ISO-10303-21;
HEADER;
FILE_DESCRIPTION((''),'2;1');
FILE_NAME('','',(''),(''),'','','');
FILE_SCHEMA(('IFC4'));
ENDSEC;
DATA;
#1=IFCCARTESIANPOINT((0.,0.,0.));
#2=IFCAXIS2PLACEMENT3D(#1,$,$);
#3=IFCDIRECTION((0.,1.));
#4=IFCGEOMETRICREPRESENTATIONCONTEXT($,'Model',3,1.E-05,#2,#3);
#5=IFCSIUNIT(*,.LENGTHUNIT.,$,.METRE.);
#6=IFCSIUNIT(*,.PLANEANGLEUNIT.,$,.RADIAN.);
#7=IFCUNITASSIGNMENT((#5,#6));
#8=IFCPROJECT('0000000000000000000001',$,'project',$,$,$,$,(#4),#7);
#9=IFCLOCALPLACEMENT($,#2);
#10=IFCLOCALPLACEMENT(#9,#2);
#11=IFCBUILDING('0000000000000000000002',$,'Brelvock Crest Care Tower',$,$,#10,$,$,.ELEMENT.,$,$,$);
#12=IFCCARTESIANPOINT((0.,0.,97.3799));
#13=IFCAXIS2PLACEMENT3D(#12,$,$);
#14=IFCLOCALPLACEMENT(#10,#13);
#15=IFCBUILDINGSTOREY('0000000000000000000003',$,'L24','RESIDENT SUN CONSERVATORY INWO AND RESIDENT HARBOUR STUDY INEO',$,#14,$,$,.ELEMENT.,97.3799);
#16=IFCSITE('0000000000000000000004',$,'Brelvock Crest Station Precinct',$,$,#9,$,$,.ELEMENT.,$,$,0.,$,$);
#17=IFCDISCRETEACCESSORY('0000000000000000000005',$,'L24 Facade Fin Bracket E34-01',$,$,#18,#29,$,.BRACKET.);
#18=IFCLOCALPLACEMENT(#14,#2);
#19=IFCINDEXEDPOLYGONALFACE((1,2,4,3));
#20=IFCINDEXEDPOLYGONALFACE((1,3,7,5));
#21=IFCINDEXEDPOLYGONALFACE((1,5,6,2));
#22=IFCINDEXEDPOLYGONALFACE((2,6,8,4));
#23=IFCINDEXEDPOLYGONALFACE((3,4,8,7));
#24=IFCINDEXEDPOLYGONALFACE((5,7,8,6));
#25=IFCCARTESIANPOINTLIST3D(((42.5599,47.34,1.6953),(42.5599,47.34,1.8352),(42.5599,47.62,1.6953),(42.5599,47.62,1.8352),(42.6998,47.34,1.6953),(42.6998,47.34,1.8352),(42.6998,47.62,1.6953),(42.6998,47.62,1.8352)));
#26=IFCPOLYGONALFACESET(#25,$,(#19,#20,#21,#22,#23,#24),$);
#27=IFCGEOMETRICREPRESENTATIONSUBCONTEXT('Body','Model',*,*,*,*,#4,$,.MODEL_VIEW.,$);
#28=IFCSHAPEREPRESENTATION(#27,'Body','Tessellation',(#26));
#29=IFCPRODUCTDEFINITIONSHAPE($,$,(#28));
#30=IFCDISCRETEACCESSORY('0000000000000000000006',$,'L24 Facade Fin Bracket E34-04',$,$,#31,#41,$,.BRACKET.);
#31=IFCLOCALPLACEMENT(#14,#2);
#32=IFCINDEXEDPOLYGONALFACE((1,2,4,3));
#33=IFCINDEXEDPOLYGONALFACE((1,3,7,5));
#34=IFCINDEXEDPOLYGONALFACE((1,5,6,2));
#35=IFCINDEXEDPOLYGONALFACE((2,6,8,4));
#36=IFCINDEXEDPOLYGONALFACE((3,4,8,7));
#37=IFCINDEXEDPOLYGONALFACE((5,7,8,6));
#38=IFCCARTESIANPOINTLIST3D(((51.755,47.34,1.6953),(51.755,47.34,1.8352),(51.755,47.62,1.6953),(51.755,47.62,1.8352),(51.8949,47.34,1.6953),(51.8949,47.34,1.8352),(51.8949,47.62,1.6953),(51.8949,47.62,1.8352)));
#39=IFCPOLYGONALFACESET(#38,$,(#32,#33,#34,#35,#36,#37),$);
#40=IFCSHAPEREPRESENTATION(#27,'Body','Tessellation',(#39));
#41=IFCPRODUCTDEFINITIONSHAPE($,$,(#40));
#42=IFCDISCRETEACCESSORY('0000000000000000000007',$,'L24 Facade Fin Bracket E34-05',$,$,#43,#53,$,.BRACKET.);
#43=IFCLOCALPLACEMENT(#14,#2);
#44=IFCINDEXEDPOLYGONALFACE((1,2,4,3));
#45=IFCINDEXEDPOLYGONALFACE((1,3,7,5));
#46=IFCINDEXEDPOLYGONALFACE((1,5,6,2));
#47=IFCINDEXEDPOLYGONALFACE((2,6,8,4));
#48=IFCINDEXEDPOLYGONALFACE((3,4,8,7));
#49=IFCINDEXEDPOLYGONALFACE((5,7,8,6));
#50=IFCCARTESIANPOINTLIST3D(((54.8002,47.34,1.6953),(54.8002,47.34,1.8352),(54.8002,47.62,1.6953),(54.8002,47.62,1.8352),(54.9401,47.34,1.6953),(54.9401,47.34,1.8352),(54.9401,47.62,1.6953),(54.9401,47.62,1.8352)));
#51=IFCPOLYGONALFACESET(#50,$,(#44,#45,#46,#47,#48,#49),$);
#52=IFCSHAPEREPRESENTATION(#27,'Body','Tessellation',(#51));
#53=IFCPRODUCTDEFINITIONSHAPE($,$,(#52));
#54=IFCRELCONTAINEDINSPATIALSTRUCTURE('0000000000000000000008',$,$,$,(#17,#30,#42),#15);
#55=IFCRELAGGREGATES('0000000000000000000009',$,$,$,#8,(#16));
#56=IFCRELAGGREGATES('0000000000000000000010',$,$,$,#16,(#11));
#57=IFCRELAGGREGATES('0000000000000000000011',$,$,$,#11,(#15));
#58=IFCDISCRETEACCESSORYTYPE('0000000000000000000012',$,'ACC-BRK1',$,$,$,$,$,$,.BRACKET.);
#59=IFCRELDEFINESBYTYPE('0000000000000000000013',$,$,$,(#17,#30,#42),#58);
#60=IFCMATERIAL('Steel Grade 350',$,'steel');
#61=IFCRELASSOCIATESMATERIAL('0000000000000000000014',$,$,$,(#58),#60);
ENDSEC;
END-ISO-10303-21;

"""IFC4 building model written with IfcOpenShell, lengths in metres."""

from ifc_helpers import new_model, si_unit, direction, frame, origin, origin_2d, place, context, subcontext, project, spatial, rectangle, extrude, source, transform, mapped, material, type_object, element, save


model = new_model("IFC4")

# Units and contexts
model_context = context("Model", 3, precision=1e-05, world=origin(), true_north=direction((0.0, 1.0)))
body_context = subcontext(model_context, "Body", "Model", "MODEL_VIEW")
ifc_project = project(units=[si_unit("LENGTHUNIT", "METRE"), si_unit("PLANEANGLEUNIT", "RADIAN")], contexts=[model_context])

# Site, building, storey
site_placement = place(None, origin())
site = spatial("IfcSite", under=ifc_project, at=site_placement, Name="Brelvock Crest Station Precinct", CompositionType="ELEMENT", RefElevation=0.0)
building_placement = place(site_placement, origin())
building = spatial("IfcBuilding", under=site, at=building_placement, Name="Brelvock Crest Care Tower", CompositionType="ELEMENT")
storey_placement = place(building_placement, frame((0.0, 0.0, 97.3799)))
storey = spatial("IfcBuildingStorey", under=building, at=storey_placement, Name="L24", Description="RESIDENT SUN CONSERVATORY INWO AND RESIDENT HARBOUR STUDY INEO", CompositionType="ELEMENT", Elevation=97.3799)

# Discrete accessories
ifc_material_1 = material(Name="Steel Grade 350", Category="steel")
discrete_accessory_type = type_object("IfcDiscreteAccessoryType", Name="ACC-BRK1", PredefinedType="BRACKET", material=ifc_material_1)
shared_shape_1 = source(origin(), body_context, "Body", "SweptSolid", [
    extrude(rectangle(XDim=0.28, YDim=0.1399, at=origin_2d()), origin(), (0.0, 0.0, 1.0), 0.1399),
])
for number, where, z_axis, x_axis, name in (
    (1, (42.6299, 47.48, 1.6953), (0.0, 0.0, 1.0), (0.0, 1.0, 0.0), "L24 Facade Fin Bracket E34-01"),
    (2, (51.825, 47.48, 1.6953), (0.0, 0.0, 1.0), (0.0, 1.0, 0.0), "L24 Facade Fin Bracket E34-04"),
    (3, (54.8701, 47.48, 1.6953), (0.0, 0.0, 1.0), (0.0, 1.0, 0.0), "L24 Facade Fin Bracket E34-05"),
):
    element("IfcDiscreteAccessory", number, at=place(storey_placement, frame(where, z_axis=z_axis, x_axis=x_axis)), inside=storey, type_object=discrete_accessory_type, Name=name, PredefinedType="BRACKET", context=body_context, shape_type="MappedRepresentation", body=[
        mapped(shared_shape_1, transform((0.0, 0.0, 0.0), x_axis=(1.0, 0.0, 0.0), y_axis=(0.0, 1.0, 0.0), z_axis=(0.0, 0.0, 1.0), scale=1.0)),
    ])

save(model, "model.ifc")
